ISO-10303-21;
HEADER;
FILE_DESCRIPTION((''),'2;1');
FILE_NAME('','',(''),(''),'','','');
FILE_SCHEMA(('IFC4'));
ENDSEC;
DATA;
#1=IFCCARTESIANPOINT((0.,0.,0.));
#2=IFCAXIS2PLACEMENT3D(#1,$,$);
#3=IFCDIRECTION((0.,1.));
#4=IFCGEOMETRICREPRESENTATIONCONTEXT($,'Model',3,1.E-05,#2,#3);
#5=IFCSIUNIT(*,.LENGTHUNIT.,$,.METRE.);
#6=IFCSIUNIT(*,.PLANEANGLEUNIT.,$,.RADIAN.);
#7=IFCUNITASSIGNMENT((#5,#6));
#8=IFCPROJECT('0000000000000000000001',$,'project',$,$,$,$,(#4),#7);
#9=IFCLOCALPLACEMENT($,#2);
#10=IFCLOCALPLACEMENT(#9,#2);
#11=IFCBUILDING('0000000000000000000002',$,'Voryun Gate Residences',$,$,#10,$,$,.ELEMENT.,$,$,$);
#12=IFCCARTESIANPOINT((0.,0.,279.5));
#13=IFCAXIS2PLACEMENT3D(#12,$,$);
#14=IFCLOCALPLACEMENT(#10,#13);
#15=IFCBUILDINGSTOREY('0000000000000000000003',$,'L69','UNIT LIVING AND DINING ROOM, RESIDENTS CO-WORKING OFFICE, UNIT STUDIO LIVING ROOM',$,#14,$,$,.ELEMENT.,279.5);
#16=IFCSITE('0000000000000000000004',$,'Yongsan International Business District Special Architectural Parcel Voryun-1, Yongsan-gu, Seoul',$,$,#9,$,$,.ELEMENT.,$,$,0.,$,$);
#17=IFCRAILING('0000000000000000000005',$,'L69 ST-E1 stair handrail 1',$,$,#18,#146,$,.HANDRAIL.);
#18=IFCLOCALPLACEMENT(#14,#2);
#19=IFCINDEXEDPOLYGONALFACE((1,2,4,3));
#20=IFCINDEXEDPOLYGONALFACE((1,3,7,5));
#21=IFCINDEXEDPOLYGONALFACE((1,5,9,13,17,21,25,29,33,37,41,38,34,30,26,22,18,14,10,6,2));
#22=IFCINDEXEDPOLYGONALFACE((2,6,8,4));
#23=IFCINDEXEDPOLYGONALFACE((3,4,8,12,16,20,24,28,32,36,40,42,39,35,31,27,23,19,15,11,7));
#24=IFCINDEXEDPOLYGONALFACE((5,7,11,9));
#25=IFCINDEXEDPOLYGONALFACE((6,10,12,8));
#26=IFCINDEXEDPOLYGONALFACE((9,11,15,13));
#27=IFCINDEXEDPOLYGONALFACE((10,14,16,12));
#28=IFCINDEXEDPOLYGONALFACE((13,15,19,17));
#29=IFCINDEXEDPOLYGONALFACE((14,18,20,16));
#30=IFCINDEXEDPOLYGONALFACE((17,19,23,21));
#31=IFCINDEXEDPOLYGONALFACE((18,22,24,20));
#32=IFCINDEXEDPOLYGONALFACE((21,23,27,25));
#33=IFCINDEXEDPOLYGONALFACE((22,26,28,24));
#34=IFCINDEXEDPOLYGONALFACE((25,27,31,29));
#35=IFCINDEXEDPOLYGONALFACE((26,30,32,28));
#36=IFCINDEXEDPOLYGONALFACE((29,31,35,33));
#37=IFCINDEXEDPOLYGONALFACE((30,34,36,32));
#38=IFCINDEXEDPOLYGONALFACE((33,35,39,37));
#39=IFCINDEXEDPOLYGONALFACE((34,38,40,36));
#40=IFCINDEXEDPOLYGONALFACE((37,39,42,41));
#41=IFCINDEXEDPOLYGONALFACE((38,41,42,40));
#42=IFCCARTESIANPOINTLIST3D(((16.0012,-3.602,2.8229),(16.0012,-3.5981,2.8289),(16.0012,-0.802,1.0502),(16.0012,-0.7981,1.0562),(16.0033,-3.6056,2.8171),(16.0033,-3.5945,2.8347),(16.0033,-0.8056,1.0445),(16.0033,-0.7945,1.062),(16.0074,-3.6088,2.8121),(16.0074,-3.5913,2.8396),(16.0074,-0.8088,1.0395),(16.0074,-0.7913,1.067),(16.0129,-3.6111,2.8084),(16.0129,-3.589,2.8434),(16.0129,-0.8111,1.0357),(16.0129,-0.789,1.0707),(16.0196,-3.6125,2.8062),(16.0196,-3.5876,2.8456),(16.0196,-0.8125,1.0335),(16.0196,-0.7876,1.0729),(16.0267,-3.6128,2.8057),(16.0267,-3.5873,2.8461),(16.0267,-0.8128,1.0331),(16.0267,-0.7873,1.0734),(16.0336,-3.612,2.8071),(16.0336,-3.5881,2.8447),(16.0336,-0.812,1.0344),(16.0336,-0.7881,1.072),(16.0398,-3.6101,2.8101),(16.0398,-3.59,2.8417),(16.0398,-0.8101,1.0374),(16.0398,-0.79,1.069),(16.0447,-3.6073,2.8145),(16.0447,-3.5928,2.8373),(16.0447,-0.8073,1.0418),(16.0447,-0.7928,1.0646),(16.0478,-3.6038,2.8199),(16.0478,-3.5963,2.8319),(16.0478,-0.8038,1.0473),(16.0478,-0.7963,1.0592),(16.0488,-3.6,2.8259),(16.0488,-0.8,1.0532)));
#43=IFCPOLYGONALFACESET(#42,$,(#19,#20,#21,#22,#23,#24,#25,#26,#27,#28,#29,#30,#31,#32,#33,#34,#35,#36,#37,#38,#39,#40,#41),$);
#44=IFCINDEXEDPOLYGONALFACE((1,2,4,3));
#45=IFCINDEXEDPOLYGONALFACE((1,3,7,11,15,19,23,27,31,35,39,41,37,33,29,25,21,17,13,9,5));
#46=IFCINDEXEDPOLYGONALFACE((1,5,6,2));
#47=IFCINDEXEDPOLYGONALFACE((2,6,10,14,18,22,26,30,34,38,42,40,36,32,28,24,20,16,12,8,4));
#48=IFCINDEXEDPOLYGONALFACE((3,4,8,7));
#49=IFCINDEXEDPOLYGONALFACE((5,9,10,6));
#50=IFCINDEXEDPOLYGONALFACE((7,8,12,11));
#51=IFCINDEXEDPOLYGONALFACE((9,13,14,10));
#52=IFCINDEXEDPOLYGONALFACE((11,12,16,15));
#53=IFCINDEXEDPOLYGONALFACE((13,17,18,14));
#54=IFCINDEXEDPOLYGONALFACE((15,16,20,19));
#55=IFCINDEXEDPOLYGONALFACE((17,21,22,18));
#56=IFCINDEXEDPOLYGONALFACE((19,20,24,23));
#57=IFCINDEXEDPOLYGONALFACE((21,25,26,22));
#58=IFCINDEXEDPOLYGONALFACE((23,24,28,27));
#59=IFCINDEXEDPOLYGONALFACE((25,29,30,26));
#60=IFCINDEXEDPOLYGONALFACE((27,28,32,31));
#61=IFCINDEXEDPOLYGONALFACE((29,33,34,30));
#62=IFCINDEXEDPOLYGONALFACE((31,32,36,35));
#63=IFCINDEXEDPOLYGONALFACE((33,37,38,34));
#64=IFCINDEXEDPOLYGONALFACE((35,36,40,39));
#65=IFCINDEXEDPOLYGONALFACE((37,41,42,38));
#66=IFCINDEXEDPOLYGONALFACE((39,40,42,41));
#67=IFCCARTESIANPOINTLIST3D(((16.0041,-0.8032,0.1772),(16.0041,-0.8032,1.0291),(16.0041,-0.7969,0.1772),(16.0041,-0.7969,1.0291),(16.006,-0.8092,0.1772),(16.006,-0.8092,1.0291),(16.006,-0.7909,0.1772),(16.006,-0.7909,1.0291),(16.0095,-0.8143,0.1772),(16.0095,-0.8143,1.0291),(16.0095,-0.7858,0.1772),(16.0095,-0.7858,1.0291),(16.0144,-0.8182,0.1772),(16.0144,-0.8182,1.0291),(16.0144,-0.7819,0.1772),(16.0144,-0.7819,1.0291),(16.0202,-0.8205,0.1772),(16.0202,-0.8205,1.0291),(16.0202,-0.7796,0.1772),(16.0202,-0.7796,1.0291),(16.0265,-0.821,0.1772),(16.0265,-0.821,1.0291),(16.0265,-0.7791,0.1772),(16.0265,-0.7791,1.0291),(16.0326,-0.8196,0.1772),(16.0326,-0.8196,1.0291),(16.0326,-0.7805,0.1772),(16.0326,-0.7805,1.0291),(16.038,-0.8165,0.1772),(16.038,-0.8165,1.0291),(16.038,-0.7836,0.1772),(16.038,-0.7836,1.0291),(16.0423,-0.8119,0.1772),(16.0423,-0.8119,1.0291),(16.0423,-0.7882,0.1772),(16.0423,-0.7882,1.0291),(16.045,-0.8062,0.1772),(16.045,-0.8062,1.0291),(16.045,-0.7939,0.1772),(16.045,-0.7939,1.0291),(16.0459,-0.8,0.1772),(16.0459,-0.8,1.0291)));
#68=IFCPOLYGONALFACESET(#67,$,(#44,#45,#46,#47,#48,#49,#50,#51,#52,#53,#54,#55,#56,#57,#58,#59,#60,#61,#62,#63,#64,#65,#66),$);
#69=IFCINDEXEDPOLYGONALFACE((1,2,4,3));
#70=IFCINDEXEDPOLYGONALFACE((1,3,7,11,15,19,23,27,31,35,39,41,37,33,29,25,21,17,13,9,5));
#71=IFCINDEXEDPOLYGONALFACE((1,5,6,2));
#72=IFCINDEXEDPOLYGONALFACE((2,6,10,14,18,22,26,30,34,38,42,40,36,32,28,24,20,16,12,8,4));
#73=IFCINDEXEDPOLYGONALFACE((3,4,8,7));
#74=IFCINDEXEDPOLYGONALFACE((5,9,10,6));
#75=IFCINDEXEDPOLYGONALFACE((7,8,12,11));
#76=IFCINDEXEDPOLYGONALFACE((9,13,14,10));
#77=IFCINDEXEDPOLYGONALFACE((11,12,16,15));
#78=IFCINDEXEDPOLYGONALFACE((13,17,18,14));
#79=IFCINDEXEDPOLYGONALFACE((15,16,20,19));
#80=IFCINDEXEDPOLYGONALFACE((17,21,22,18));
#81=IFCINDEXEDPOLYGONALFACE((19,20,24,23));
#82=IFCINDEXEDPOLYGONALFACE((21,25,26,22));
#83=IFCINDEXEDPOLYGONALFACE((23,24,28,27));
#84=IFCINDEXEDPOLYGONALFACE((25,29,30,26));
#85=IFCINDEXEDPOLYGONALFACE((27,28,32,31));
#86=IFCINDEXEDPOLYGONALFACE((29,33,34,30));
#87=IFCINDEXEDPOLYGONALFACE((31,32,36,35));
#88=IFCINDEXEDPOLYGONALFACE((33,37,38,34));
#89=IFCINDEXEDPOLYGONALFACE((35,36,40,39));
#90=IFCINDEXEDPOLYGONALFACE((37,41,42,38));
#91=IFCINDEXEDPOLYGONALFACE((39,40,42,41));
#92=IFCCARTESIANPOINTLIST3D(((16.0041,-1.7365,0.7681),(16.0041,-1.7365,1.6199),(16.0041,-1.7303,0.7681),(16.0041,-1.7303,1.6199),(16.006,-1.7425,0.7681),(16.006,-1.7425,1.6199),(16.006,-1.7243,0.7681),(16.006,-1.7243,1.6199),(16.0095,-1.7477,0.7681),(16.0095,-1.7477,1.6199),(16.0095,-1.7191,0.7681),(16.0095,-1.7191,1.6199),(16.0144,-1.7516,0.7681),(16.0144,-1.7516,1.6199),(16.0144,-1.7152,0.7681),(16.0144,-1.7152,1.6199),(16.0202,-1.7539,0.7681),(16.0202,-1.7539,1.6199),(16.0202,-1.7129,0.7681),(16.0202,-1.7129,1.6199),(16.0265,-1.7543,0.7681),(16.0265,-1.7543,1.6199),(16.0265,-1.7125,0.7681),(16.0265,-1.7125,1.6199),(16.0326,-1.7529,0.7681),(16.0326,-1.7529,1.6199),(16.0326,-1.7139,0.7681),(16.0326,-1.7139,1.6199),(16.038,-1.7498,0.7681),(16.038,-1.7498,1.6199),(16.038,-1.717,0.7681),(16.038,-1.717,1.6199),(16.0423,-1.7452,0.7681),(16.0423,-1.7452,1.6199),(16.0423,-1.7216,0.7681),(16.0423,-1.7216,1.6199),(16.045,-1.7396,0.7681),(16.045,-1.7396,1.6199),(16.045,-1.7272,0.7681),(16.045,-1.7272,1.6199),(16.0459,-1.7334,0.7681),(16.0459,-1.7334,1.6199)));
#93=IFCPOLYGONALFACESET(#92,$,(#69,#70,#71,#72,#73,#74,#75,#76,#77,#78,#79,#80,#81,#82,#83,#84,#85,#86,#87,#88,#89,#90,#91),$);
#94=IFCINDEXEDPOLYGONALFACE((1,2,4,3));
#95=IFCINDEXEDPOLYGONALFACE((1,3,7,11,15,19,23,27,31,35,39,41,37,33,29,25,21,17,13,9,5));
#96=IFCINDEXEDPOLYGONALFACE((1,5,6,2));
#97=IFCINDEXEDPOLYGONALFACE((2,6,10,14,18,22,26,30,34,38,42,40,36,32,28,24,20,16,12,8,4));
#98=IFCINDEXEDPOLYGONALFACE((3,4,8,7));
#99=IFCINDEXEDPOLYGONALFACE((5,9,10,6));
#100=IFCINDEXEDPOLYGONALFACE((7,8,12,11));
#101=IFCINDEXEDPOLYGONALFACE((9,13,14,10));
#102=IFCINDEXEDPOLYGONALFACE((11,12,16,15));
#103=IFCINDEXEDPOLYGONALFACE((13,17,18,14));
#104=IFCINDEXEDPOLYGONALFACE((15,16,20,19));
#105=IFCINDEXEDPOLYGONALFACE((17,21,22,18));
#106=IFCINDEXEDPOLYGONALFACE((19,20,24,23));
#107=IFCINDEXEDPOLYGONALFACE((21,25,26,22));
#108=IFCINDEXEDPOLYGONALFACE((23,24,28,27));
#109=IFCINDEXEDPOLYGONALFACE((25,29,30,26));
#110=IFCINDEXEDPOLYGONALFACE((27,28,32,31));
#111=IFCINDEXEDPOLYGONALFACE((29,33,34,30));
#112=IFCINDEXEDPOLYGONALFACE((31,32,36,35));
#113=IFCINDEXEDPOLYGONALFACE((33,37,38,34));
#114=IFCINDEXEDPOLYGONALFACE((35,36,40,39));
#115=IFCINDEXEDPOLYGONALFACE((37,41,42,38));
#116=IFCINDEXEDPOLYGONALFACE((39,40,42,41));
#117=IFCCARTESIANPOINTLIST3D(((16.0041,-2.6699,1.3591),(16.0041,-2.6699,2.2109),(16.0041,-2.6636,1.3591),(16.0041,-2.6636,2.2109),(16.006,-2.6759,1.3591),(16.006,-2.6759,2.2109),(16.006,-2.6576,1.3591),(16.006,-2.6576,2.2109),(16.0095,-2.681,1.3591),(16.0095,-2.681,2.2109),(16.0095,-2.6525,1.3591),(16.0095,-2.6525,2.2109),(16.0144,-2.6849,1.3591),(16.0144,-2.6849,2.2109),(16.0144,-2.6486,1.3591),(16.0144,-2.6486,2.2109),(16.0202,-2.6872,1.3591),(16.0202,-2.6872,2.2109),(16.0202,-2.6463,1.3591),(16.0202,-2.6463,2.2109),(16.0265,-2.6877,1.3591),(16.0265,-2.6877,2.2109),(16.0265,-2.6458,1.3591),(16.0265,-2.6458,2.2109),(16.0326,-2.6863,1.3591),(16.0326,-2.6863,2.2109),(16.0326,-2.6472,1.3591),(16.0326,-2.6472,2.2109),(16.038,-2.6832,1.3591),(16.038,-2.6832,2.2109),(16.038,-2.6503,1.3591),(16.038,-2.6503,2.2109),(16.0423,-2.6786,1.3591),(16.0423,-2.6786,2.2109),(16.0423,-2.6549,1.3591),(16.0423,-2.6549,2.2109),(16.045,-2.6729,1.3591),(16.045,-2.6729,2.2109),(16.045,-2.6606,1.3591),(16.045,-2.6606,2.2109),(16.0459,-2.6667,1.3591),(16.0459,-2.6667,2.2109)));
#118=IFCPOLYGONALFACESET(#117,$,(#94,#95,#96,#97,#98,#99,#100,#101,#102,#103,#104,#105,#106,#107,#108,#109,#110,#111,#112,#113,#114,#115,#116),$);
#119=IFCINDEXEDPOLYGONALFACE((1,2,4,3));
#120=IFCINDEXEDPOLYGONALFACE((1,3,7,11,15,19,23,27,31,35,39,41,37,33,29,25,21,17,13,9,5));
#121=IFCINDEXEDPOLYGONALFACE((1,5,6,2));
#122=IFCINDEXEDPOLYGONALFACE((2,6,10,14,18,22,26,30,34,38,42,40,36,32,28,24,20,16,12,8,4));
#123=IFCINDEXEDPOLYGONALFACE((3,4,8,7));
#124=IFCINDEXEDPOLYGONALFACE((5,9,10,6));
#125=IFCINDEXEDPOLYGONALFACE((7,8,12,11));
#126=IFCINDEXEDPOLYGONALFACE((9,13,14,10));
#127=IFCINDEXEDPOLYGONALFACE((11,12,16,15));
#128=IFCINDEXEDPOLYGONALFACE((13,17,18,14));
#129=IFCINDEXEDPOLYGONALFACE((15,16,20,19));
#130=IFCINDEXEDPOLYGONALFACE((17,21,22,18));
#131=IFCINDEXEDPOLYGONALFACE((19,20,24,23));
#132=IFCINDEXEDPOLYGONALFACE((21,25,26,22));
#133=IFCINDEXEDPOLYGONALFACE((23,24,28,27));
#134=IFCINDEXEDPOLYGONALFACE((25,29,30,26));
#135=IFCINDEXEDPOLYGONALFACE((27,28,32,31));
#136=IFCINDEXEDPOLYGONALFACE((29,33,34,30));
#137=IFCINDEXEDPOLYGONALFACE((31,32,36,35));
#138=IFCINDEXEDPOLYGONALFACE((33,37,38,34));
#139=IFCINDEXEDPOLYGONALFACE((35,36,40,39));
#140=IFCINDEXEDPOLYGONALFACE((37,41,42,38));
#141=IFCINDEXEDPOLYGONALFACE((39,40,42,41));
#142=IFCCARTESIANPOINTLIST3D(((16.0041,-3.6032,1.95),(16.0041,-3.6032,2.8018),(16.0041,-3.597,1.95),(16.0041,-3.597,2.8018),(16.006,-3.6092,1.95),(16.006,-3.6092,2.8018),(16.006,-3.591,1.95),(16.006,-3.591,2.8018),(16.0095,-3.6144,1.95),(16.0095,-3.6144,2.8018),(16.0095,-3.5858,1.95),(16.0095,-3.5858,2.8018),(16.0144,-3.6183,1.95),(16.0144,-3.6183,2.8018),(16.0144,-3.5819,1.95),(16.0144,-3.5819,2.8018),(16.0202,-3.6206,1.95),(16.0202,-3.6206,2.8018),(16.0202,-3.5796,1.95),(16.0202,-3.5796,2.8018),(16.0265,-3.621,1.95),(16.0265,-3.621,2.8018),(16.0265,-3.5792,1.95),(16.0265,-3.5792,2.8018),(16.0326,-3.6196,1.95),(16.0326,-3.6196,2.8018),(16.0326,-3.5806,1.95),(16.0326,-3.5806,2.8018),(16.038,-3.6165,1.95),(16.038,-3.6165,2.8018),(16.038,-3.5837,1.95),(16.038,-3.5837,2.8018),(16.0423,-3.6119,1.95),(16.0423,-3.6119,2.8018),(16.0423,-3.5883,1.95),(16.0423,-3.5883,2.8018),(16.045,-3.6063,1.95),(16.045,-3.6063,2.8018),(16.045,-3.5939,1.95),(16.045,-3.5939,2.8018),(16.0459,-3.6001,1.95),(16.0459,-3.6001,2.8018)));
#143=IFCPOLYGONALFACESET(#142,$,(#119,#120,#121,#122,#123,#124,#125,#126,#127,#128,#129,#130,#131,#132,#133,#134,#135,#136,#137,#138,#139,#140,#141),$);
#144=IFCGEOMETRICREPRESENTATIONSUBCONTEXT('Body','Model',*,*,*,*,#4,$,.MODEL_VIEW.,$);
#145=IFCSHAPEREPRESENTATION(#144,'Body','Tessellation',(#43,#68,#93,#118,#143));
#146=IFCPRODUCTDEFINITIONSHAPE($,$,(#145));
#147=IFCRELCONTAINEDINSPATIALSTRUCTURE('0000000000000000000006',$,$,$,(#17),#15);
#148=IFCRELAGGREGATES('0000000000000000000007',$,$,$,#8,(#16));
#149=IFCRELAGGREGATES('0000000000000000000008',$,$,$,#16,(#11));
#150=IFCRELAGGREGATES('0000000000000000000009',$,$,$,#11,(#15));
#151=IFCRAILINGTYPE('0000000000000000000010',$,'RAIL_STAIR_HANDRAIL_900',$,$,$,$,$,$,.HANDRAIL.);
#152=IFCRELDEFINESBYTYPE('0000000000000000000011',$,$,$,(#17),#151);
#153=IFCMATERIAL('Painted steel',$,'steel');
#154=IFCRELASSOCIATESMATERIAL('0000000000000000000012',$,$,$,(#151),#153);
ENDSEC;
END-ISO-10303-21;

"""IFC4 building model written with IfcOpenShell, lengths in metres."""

from ifc_helpers import new_model, si_unit, direction, frame, origin, origin_2d, place, context, subcontext, project, spatial, circle, extrude, material, type_object, element, save


model = new_model("IFC4")

# Units and contexts
model_context = context("Model", 3, precision=1e-05, world=origin(), true_north=direction((0.0, 1.0)))
body_context = subcontext(model_context, "Body", "Model", "MODEL_VIEW")
ifc_project = project(units=[si_unit("LENGTHUNIT", "METRE"), si_unit("PLANEANGLEUNIT", "RADIAN")], contexts=[model_context])

# Site, building, storey
site_placement = place(None, origin())
site = spatial("IfcSite", under=ifc_project, at=site_placement, Name="Yongsan International Business District Special Architectural Parcel Voryun-1, Yongsan-gu, Seoul", CompositionType="ELEMENT", RefElevation=0.0)
building_placement = place(site_placement, origin())
building = spatial("IfcBuilding", under=site, at=building_placement, Name="Voryun Gate Residences", CompositionType="ELEMENT")
storey_placement = place(building_placement, frame((0.0, 0.0, 279.5)))
storey = spatial("IfcBuildingStorey", under=building, at=storey_placement, Name="L69", Description="UNIT LIVING AND DINING ROOM, RESIDENTS CO-WORKING OFFICE, UNIT STUDIO LIVING ROOM", CompositionType="ELEMENT", Elevation=279.5)

# Railing
ifc_material_1 = material(Name="Painted steel", Category="steel")
railing_type_1 = type_object("IfcRailingType", Name="RAIL_STAIR_HANDRAIL_900", PredefinedType="HANDRAIL", material=ifc_material_1)
railing_1_placement = place(storey_placement, frame((16.0249, -0.8, 0.1772)))
element("IfcRailing", 1, at=railing_1_placement, inside=storey, type_object=railing_type_1, Name="L69 ST-E1 stair handrail 1", PredefinedType="HANDRAIL", context=body_context, shape_type="SweptSolid", body=[
    extrude(circle(Radius=0.0239, at=origin_2d()), frame((0.0, 0.0, 0.876), z_axis=(0.0, -0.844909, 0.53491), x_axis=(1.0, 0.0, 0.0)), (0.0, 0.0, 1.0), 3.314),
    extrude(circle(Radius=0.021, at=origin_2d()), origin(), (0.0, 0.0, 1.0), 0.8518),
    extrude(circle(Radius=0.021, at=origin_2d()), frame((0.0, -0.9333, 0.5908)), (0.0, 0.0, 1.0), 0.8518),
    extrude(circle(Radius=0.021, at=origin_2d()), frame((0.0, -1.8667, 1.1819)), (0.0, 0.0, 1.0), 0.8518),
    extrude(circle(Radius=0.021, at=origin_2d()), frame((0.0, -2.8, 1.7727)), (0.0, 0.0, 1.0), 0.8518),
])

save(model, "model.ifc")
